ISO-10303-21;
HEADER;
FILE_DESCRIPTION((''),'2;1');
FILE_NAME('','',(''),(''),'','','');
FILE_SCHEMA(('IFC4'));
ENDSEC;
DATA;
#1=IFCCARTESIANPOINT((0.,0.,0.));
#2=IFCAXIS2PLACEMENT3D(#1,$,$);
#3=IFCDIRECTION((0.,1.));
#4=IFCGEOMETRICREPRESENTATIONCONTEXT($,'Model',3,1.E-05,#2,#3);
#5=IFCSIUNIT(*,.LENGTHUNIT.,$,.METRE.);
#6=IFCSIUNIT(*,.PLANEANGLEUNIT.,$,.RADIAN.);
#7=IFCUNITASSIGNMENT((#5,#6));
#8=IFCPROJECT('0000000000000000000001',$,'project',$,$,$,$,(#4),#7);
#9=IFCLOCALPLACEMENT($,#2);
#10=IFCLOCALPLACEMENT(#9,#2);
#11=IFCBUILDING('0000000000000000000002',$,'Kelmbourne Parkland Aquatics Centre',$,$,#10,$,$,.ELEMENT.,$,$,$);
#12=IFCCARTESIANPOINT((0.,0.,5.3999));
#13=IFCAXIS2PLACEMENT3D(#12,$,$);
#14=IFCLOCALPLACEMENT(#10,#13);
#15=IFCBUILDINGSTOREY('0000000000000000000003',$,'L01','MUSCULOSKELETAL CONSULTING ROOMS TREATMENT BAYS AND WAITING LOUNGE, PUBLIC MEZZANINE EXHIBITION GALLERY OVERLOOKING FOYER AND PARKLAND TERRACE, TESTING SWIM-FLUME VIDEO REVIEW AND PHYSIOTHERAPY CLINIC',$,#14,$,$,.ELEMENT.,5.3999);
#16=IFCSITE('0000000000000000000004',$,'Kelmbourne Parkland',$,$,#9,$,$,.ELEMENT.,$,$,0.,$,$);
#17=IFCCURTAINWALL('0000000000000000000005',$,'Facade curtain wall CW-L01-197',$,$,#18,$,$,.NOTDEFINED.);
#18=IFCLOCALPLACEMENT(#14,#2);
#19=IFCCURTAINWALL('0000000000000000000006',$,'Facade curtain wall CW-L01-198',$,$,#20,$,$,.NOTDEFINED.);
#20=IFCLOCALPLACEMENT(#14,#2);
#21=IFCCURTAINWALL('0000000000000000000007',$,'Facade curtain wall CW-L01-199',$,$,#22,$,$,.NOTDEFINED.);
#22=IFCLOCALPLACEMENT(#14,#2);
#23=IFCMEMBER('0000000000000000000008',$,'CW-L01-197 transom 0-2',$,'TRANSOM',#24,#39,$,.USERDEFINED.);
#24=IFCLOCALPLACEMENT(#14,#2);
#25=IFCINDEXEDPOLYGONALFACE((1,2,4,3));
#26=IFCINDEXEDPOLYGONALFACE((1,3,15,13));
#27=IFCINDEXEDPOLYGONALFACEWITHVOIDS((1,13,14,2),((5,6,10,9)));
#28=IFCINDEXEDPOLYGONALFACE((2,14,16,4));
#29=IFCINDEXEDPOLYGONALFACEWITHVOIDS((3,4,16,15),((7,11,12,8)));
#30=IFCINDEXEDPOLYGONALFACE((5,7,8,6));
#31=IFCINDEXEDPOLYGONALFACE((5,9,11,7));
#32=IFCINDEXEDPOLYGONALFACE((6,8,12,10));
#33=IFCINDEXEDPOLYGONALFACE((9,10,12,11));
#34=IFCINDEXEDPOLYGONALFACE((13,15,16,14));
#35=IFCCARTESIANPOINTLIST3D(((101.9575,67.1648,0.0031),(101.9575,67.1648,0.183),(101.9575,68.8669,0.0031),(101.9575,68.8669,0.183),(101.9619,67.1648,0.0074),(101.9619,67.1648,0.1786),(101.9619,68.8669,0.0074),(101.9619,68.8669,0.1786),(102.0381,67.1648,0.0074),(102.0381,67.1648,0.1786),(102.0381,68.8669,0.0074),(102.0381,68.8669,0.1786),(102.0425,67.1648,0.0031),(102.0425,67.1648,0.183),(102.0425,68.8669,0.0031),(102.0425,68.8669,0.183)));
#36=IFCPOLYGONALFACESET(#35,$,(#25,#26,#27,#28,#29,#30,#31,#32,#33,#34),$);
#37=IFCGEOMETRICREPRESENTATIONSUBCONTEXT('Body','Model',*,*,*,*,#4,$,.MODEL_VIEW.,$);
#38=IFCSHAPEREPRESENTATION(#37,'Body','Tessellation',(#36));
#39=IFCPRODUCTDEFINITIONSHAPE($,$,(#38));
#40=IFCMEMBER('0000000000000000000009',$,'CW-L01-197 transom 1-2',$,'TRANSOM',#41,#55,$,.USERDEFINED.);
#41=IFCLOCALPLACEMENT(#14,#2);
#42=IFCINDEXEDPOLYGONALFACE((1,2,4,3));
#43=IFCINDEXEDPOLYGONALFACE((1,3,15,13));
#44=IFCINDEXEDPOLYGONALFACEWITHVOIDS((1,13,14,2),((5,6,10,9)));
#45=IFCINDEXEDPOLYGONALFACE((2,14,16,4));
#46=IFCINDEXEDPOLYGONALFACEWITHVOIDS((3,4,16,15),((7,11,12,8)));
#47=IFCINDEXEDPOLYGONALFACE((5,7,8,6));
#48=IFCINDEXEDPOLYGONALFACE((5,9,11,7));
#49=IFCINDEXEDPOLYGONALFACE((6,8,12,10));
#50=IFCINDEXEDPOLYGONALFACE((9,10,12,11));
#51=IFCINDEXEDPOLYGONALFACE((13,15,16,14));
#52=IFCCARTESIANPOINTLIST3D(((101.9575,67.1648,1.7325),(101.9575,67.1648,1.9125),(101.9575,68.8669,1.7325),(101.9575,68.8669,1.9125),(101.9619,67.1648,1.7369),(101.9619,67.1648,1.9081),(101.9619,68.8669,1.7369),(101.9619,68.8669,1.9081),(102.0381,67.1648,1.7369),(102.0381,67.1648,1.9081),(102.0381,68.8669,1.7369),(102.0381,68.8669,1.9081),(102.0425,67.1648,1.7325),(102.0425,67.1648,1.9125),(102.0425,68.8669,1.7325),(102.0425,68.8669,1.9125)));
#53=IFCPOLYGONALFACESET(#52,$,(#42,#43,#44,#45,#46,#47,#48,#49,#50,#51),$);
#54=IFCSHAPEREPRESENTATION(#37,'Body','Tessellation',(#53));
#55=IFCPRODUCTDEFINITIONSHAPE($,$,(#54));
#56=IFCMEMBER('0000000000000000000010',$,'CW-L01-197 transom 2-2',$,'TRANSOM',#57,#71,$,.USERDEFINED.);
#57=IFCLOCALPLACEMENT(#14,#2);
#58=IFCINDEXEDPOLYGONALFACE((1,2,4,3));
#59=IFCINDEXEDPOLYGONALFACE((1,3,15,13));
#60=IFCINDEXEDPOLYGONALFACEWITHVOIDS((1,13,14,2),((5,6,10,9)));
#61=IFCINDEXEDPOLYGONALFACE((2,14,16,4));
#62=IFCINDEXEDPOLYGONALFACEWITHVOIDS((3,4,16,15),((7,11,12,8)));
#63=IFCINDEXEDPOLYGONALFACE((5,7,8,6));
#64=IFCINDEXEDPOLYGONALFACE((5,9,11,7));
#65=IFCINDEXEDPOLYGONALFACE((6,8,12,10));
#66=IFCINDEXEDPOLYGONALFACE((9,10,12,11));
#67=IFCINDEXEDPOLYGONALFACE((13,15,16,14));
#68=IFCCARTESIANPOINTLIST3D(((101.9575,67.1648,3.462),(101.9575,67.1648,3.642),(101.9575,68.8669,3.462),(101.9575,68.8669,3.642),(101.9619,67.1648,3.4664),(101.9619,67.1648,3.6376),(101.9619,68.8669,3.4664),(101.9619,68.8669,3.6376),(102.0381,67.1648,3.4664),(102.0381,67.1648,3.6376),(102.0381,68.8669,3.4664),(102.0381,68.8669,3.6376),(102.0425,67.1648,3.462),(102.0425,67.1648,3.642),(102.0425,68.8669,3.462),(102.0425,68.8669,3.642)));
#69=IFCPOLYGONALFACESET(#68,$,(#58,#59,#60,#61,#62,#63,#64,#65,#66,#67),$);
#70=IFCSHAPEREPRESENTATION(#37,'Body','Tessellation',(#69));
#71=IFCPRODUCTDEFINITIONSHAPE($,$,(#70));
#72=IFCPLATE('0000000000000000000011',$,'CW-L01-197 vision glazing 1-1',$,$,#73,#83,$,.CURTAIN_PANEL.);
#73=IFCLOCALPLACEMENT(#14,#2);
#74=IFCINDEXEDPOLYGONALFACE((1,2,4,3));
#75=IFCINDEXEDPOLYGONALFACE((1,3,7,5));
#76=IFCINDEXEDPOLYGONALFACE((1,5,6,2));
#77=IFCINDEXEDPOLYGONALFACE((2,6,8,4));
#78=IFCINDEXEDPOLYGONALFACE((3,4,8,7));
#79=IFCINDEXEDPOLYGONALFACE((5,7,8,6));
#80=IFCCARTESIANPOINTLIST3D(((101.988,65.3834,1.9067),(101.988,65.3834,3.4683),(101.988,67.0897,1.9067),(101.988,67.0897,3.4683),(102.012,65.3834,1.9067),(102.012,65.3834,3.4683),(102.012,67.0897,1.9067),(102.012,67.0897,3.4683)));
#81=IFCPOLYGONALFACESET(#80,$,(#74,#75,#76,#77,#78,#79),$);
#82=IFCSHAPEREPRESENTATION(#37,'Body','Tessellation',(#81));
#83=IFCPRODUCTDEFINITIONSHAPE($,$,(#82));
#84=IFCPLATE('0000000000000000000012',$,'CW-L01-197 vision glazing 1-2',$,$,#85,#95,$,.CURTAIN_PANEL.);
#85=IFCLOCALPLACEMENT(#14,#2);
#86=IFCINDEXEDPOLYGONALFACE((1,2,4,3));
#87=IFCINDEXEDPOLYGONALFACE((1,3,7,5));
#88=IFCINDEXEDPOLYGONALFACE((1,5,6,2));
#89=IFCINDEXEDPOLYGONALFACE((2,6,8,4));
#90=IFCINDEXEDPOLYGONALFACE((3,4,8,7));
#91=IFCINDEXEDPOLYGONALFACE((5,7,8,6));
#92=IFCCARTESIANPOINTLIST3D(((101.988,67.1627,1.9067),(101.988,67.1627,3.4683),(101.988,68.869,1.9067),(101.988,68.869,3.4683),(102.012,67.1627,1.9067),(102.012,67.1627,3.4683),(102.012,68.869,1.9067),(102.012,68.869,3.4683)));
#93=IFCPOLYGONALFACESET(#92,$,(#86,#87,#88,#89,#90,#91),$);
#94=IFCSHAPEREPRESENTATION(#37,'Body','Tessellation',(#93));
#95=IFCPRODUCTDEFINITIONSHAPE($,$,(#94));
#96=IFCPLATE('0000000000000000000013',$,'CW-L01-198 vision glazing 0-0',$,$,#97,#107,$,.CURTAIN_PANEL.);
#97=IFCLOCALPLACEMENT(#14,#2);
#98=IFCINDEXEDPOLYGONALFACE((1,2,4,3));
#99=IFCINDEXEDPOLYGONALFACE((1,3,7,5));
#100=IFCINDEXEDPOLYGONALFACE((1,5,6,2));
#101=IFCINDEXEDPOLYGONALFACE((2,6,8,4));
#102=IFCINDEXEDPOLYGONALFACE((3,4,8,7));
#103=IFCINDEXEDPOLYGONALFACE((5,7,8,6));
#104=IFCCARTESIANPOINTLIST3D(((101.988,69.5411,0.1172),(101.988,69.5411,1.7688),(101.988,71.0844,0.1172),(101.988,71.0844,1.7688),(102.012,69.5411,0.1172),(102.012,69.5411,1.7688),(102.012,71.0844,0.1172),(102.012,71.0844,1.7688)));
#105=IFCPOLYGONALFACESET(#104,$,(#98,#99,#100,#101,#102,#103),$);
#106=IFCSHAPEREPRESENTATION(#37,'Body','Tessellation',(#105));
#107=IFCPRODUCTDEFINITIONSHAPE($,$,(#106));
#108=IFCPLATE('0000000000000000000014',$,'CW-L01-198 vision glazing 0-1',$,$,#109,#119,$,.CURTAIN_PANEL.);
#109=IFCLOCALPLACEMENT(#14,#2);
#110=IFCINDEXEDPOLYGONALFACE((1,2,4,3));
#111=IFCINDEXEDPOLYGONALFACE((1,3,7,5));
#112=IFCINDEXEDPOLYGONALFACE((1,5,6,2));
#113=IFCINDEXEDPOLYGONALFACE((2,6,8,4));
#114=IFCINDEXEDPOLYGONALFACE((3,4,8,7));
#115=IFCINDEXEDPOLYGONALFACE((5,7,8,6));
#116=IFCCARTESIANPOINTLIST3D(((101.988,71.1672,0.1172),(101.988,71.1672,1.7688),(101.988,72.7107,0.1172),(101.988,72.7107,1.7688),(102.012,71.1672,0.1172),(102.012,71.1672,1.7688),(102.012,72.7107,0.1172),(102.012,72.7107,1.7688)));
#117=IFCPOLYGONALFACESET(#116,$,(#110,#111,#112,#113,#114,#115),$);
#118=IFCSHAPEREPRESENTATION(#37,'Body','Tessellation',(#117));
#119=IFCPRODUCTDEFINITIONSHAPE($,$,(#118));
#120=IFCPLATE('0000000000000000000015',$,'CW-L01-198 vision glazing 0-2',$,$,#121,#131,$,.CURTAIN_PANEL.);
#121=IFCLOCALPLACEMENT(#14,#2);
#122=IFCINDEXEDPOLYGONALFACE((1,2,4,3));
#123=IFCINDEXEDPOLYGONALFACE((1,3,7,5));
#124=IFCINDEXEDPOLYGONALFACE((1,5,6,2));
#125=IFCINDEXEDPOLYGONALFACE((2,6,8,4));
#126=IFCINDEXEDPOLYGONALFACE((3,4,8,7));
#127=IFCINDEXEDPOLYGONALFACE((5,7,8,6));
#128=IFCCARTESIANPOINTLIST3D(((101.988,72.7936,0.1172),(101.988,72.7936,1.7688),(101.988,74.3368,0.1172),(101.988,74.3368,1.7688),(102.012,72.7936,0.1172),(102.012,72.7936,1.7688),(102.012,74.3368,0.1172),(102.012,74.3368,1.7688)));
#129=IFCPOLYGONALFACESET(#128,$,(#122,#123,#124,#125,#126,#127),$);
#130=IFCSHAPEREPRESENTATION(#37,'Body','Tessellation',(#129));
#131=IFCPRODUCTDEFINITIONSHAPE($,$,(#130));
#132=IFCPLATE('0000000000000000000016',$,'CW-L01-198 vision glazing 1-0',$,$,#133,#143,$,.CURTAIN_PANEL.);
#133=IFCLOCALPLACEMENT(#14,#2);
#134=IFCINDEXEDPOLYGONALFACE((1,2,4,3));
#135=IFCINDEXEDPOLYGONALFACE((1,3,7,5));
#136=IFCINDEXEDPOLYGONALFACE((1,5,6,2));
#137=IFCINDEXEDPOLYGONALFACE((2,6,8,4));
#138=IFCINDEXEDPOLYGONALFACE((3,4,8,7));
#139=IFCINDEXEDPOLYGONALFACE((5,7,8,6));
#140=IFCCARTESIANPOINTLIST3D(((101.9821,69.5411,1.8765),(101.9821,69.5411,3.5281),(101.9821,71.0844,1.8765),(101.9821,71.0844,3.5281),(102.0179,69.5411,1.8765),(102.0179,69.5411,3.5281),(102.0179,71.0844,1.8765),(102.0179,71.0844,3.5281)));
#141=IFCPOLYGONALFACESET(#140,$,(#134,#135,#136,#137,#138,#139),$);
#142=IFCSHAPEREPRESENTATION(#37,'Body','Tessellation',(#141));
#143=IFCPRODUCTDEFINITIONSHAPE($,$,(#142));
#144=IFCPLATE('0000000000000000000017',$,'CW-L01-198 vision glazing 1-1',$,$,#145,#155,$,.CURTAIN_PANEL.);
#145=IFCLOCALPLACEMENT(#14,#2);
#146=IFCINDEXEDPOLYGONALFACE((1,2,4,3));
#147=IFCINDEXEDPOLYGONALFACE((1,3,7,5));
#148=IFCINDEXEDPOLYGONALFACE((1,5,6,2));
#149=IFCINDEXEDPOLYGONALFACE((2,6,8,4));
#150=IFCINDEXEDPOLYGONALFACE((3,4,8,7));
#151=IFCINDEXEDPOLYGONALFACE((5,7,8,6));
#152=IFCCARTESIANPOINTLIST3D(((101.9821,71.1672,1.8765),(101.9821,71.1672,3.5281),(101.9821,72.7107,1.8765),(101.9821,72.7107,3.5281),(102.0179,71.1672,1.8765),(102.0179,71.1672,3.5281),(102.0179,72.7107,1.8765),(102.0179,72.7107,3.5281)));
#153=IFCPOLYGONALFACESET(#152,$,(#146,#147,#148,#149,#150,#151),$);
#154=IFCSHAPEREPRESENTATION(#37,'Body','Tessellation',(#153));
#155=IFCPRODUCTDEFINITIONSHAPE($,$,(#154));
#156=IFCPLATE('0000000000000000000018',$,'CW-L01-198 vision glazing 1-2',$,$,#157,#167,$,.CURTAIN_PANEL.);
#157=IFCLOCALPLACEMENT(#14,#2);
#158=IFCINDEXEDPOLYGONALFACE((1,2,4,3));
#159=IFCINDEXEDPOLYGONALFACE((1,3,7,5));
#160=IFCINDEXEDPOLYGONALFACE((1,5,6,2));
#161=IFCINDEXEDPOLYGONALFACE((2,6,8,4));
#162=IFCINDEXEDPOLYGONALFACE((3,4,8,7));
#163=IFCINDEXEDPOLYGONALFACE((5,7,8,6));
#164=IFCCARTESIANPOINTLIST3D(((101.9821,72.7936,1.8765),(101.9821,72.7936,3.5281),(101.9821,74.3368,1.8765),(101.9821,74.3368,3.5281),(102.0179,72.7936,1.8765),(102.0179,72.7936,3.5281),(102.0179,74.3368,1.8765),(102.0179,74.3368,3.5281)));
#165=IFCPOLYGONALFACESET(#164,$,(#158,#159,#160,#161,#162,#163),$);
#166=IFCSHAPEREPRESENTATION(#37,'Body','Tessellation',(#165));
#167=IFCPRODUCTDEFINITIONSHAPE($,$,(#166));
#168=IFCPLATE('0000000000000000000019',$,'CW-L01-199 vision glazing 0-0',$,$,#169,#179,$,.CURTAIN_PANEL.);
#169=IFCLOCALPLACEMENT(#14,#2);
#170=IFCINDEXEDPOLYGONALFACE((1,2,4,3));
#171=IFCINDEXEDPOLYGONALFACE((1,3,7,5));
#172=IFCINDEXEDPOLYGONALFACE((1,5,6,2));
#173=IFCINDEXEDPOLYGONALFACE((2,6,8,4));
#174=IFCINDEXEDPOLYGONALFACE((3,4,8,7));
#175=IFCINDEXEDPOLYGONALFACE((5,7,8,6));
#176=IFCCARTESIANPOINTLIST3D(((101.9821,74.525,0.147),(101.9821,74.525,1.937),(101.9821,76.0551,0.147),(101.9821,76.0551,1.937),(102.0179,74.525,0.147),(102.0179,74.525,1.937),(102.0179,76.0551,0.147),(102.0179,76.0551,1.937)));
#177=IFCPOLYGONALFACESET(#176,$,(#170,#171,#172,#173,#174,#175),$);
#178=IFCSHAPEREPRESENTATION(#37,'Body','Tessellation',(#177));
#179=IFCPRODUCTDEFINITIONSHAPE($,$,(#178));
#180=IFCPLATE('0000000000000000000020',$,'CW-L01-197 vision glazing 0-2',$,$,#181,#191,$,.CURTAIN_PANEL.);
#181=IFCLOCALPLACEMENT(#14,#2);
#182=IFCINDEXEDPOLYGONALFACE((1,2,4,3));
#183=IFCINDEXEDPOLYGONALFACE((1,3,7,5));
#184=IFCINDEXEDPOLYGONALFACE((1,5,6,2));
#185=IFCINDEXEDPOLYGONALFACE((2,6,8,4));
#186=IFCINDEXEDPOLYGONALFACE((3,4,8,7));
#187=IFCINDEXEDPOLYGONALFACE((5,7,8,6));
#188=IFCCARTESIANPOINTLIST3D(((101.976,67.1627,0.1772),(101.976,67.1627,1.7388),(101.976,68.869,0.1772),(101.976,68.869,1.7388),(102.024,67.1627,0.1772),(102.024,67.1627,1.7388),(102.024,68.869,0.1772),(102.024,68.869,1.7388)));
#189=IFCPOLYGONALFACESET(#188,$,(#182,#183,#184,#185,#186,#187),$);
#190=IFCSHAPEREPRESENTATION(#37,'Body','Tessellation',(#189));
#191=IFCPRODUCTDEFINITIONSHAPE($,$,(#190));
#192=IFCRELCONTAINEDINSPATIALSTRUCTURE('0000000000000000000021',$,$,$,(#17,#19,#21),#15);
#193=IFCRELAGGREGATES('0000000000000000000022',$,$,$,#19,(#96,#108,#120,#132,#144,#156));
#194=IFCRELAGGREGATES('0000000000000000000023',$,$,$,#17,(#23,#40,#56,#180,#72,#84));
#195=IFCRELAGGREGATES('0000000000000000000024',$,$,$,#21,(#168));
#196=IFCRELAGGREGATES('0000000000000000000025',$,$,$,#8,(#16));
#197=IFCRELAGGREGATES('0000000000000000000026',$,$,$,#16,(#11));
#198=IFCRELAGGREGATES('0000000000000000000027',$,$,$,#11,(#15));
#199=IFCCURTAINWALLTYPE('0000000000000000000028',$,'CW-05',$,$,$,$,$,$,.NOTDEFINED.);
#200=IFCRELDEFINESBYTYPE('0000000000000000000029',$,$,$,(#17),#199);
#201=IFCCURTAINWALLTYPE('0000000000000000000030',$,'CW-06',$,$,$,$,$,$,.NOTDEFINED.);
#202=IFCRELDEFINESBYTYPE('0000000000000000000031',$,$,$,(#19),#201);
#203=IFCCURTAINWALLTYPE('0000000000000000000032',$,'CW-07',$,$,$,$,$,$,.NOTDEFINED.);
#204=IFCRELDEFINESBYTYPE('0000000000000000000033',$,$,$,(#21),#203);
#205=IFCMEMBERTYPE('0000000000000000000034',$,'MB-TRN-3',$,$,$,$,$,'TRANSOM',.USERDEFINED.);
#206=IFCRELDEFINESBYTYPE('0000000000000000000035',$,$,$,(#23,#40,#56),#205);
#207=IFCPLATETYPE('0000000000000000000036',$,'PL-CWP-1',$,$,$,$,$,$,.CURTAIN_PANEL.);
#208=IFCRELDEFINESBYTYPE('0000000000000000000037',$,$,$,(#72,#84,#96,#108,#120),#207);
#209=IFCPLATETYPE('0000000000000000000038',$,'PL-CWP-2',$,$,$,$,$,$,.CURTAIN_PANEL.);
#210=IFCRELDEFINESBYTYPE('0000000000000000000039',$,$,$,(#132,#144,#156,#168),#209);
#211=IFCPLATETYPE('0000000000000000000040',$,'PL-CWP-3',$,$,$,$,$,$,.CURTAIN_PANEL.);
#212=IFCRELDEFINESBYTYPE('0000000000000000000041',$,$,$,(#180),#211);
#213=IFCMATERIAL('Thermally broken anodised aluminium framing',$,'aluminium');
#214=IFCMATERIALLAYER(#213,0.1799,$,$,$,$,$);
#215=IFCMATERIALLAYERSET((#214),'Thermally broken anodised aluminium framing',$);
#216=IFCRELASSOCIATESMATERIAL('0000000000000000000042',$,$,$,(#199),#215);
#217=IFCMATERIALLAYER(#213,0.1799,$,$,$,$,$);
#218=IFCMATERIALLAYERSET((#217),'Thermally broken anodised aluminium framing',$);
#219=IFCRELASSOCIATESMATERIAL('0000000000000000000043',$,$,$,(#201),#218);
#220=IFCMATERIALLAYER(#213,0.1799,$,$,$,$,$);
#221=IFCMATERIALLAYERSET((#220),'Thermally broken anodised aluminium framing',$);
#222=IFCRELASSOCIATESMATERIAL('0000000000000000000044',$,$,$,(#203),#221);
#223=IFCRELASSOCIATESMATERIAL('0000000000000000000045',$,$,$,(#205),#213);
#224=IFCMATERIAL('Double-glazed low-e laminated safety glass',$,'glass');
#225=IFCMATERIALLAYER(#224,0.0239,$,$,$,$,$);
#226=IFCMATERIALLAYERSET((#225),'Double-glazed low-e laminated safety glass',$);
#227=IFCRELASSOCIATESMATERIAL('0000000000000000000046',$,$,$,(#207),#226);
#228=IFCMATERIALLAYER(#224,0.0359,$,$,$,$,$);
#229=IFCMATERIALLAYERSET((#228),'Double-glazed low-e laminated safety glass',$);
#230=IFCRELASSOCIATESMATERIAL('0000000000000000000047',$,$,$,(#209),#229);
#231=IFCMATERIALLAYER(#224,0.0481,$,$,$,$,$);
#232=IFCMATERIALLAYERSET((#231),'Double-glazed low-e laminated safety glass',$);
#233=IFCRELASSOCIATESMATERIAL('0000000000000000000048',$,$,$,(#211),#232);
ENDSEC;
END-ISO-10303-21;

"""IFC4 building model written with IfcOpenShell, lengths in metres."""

from ifc_helpers import new_model, si_unit, direction, frame, origin, origin_2d, place, context, subcontext, project, spatial, rectangle, hollow_rectangle, extrude, material, layer, layer_set, material_profile, profile_set, type_object, element, aggregate, save


model = new_model("IFC4")

# Units and contexts
model_context = context("Model", 3, precision=1e-05, world=origin(), true_north=direction((0.0, 1.0)))
body_context = subcontext(model_context, "Body", "Model", "MODEL_VIEW")
ifc_project = project(units=[si_unit("LENGTHUNIT", "METRE"), si_unit("PLANEANGLEUNIT", "RADIAN")], contexts=[model_context])

# Site, building, storey
site_placement = place(None, origin())
site = spatial("IfcSite", under=ifc_project, at=site_placement, Name="Kelmbourne Parkland", CompositionType="ELEMENT", RefElevation=0.0)
building_placement = place(site_placement, origin())
building = spatial("IfcBuilding", under=site, at=building_placement, Name="Kelmbourne Parkland Aquatics Centre", CompositionType="ELEMENT")
storey_placement = place(building_placement, frame((0.0, 0.0, 5.3999)))
storey = spatial("IfcBuildingStorey", under=building, at=storey_placement, Name="L01", Description="MUSCULOSKELETAL CONSULTING ROOMS TREATMENT BAYS AND WAITING LOUNGE, PUBLIC MEZZANINE EXHIBITION GALLERY OVERLOOKING FOYER AND PARKLAND TERRACE, TESTING SWIM-FLUME VIDEO REVIEW AND PHYSIOTHERAPY CLINIC", CompositionType="ELEMENT", Elevation=5.3999)

# Curtain walls
ifc_material_1 = material(Name="Thermally broken anodised aluminium framing", Category="aluminium")
ifc_layer_1 = layer(ifc_material_1, 0.1799)
ifc_layer_set_1 = layer_set([ifc_layer_1], Name="Thermally broken anodised aluminium framing")
curtain_wall_type_1 = type_object("IfcCurtainWallType", Name="CW-05", PredefinedType="NOTDEFINED", material=ifc_layer_set_1)
curtain_wall_1_placement = place(storey_placement, origin())
curtain_wall_1 = element("IfcCurtainWall", 1, at=curtain_wall_1_placement, inside=storey, type_object=curtain_wall_type_1, Name="Facade curtain wall CW-L01-197", PredefinedType="NOTDEFINED")
ifc_layer_2 = layer(ifc_material_1, 0.1799)
ifc_layer_set_2 = layer_set([ifc_layer_2], Name="Thermally broken anodised aluminium framing")
curtain_wall_type_2 = type_object("IfcCurtainWallType", Name="CW-06", PredefinedType="NOTDEFINED", material=ifc_layer_set_2)
curtain_wall_2_placement = place(storey_placement, origin())
curtain_wall_2 = element("IfcCurtainWall", 2, at=curtain_wall_2_placement, inside=storey, type_object=curtain_wall_type_2, Name="Facade curtain wall CW-L01-198", PredefinedType="NOTDEFINED")
ifc_layer_3 = layer(ifc_material_1, 0.1799)
ifc_layer_set_3 = layer_set([ifc_layer_3], Name="Thermally broken anodised aluminium framing")
curtain_wall_type_3 = type_object("IfcCurtainWallType", Name="CW-07", PredefinedType="NOTDEFINED", material=ifc_layer_set_3)
curtain_wall_3_placement = place(storey_placement, origin())
curtain_wall_3 = element("IfcCurtainWall", 3, at=curtain_wall_3_placement, inside=storey, type_object=curtain_wall_type_3, Name="Facade curtain wall CW-L01-199", PredefinedType="NOTDEFINED")

# Members
ifc_material_profile_1 = material_profile(ifc_material_1, hollow_rectangle(XDim=0.085, YDim=0.1799, WallThickness=0.0044, at=origin_2d()), Name="CW-T 85x180")
ifc_profile_set_1 = profile_set([ifc_material_profile_1], Name="Thermally broken anodised aluminium framing")
member_type_1 = type_object("IfcMemberType", Name="MB-TRN-3", ElementType="TRANSOM", PredefinedType="USERDEFINED", material=ifc_profile_set_1)
member_1_placement = place(storey_placement, frame((102.0, 67.1648, 0.093), z_axis=(0.0, 1.0, 0.0), x_axis=(-1.0, 0.0, 0.0)))
member_1 = element("IfcMember", 4, at=member_1_placement, type_object=member_type_1, Name="CW-L01-197 transom 0-2", ObjectType="TRANSOM", PredefinedType="USERDEFINED", context=body_context, shape_type="SweptSolid", body=[
    extrude(hollow_rectangle(XDim=0.085, YDim=0.1799, WallThickness=0.0044, at=origin_2d()), origin(), (0.0, 0.0, 1.0), 1.7021),
])
member_2_placement = place(storey_placement, frame((102.0, 67.1648, 1.8225), z_axis=(0.0, 1.0, 0.0), x_axis=(-1.0, 0.0, 0.0)))
member_2 = element("IfcMember", 5, at=member_2_placement, type_object=member_type_1, Name="CW-L01-197 transom 1-2", ObjectType="TRANSOM", PredefinedType="USERDEFINED", context=body_context, shape_type="SweptSolid", body=[
    extrude(hollow_rectangle(XDim=0.085, YDim=0.1799, WallThickness=0.0044, at=origin_2d()), origin(), (0.0, 0.0, 1.0), 1.7021),
])
member_3_placement = place(storey_placement, frame((102.0, 67.1648, 3.552), z_axis=(0.0, 1.0, 0.0), x_axis=(-1.0, 0.0, 0.0)))
member_3 = element("IfcMember", 6, at=member_3_placement, type_object=member_type_1, Name="CW-L01-197 transom 2-2", ObjectType="TRANSOM", PredefinedType="USERDEFINED", context=body_context, shape_type="SweptSolid", body=[
    extrude(hollow_rectangle(XDim=0.085, YDim=0.1799, WallThickness=0.0044, at=origin_2d()), origin(), (0.0, 0.0, 1.0), 1.7021),
])

# Plates
ifc_material_2 = material(Name="Double-glazed low-e laminated safety glass", Category="glass")
ifc_layer_4 = layer(ifc_material_2, 0.0239)
ifc_layer_set_4 = layer_set([ifc_layer_4], Name="Double-glazed low-e laminated safety glass")
plate_type_1 = type_object("IfcPlateType", Name="PL-CWP-1", PredefinedType="CURTAIN_PANEL", material=ifc_layer_set_4)
plate_1_placement = place(storey_placement, frame((102.0, 66.2366, 1.9067), z_axis=(0.0, 0.0, 1.0), x_axis=(0.0, 1.0, 0.0)))
plate_1 = element("IfcPlate", 7, at=plate_1_placement, type_object=plate_type_1, Name="CW-L01-197 vision glazing 1-1", PredefinedType="CURTAIN_PANEL", context=body_context, shape_type="SweptSolid", body=[
    extrude(rectangle(XDim=1.7063, YDim=0.0239, at=origin_2d()), origin(), (0.0, 0.0, 1.0), 1.5615),
])
plate_2_placement = place(storey_placement, frame((102.0, 68.0159, 1.9067), z_axis=(0.0, 0.0, 1.0), x_axis=(0.0, 1.0, 0.0)))
plate_2 = element("IfcPlate", 8, at=plate_2_placement, type_object=plate_type_1, Name="CW-L01-197 vision glazing 1-2", PredefinedType="CURTAIN_PANEL", context=body_context, shape_type="SweptSolid", body=[
    extrude(rectangle(XDim=1.7063, YDim=0.0239, at=origin_2d()), origin(), (0.0, 0.0, 1.0), 1.5615),
])
plate_3_placement = place(storey_placement, frame((102.0, 70.3127, 0.1172), z_axis=(0.0, 0.0, 1.0), x_axis=(0.0, 1.0, 0.0)))
plate_3 = element("IfcPlate", 9, at=plate_3_placement, type_object=plate_type_1, Name="CW-L01-198 vision glazing 0-0", PredefinedType="CURTAIN_PANEL", context=body_context, shape_type="SweptSolid", body=[
    extrude(rectangle(XDim=1.5432, YDim=0.0239, at=origin_2d()), origin(), (0.0, 0.0, 1.0), 1.6516),
])
plate_4_placement = place(storey_placement, frame((102.0, 71.939, 0.1172), z_axis=(0.0, 0.0, 1.0), x_axis=(0.0, 1.0, 0.0)))
plate_4 = element("IfcPlate", 10, at=plate_4_placement, type_object=plate_type_1, Name="CW-L01-198 vision glazing 0-1", PredefinedType="CURTAIN_PANEL", context=body_context, shape_type="SweptSolid", body=[
    extrude(rectangle(XDim=1.5435, YDim=0.0239, at=origin_2d()), origin(), (0.0, 0.0, 1.0), 1.6516),
])
plate_5_placement = place(storey_placement, frame((102.0, 73.5652, 0.1172), z_axis=(0.0, 0.0, 1.0), x_axis=(0.0, 1.0, 0.0)))
plate_5 = element("IfcPlate", 11, at=plate_5_placement, type_object=plate_type_1, Name="CW-L01-198 vision glazing 0-2", PredefinedType="CURTAIN_PANEL", context=body_context, shape_type="SweptSolid", body=[
    extrude(rectangle(XDim=1.5432, YDim=0.0239, at=origin_2d()), origin(), (0.0, 0.0, 1.0), 1.6516),
])
ifc_layer_5 = layer(ifc_material_2, 0.0359)
ifc_layer_set_5 = layer_set([ifc_layer_5], Name="Double-glazed low-e laminated safety glass")
plate_type_2 = type_object("IfcPlateType", Name="PL-CWP-2", PredefinedType="CURTAIN_PANEL", material=ifc_layer_set_5)
plate_6_placement = place(storey_placement, frame((102.0, 70.3127, 1.8765), z_axis=(0.0, 0.0, 1.0), x_axis=(0.0, 1.0, 0.0)))
plate_6 = element("IfcPlate", 12, at=plate_6_placement, type_object=plate_type_2, Name="CW-L01-198 vision glazing 1-0", PredefinedType="CURTAIN_PANEL", context=body_context, shape_type="SweptSolid", body=[
    extrude(rectangle(XDim=1.5432, YDim=0.0359, at=origin_2d()), origin(), (0.0, 0.0, 1.0), 1.6516),
])
plate_7_placement = place(storey_placement, frame((102.0, 71.939, 1.8765), z_axis=(0.0, 0.0, 1.0), x_axis=(0.0, 1.0, 0.0)))
plate_7 = element("IfcPlate", 13, at=plate_7_placement, type_object=plate_type_2, Name="CW-L01-198 vision glazing 1-1", PredefinedType="CURTAIN_PANEL", context=body_context, shape_type="SweptSolid", body=[
    extrude(rectangle(XDim=1.5435, YDim=0.0359, at=origin_2d()), origin(), (0.0, 0.0, 1.0), 1.6516),
])
plate_8_placement = place(storey_placement, frame((102.0, 73.5652, 1.8765), z_axis=(0.0, 0.0, 1.0), x_axis=(0.0, 1.0, 0.0)))
plate_8 = element("IfcPlate", 14, at=plate_8_placement, type_object=plate_type_2, Name="CW-L01-198 vision glazing 1-2", PredefinedType="CURTAIN_PANEL", context=body_context, shape_type="SweptSolid", body=[
    extrude(rectangle(XDim=1.5432, YDim=0.0359, at=origin_2d()), origin(), (0.0, 0.0, 1.0), 1.6516),
])
aggregate(curtain_wall_2, [plate_3, plate_4, plate_5, plate_6, plate_7, plate_8])
plate_9_placement = place(storey_placement, frame((102.0, 75.29, 0.147), z_axis=(0.0, 0.0, 1.0), x_axis=(0.0, 1.0, 0.0)))
plate_9 = element("IfcPlate", 15, at=plate_9_placement, type_object=plate_type_2, Name="CW-L01-199 vision glazing 0-0", PredefinedType="CURTAIN_PANEL", context=body_context, shape_type="SweptSolid", body=[
    extrude(rectangle(XDim=1.53, YDim=0.0359, at=origin_2d()), origin(), (0.0, 0.0, 1.0), 1.79),
])
ifc_layer_6 = layer(ifc_material_2, 0.0481)
ifc_layer_set_6 = layer_set([ifc_layer_6], Name="Double-glazed low-e laminated safety glass")
plate_type_3 = type_object("IfcPlateType", Name="PL-CWP-3", PredefinedType="CURTAIN_PANEL", material=ifc_layer_set_6)
plate_10_placement = place(storey_placement, frame((102.0, 68.0159, 0.1772), z_axis=(0.0, 0.0, 1.0), x_axis=(0.0, 1.0, 0.0)))
plate_10 = element("IfcPlate", 16, at=plate_10_placement, type_object=plate_type_3, Name="CW-L01-197 vision glazing 0-2", PredefinedType="CURTAIN_PANEL", context=body_context, shape_type="SweptSolid", body=[
    extrude(rectangle(XDim=1.7063, YDim=0.0481, at=origin_2d()), origin(), (0.0, 0.0, 1.0), 1.5615),
])
aggregate(curtain_wall_1, [member_1, member_2, member_3, plate_10, plate_1, plate_2])
aggregate(curtain_wall_3, [plate_9])

save(model, "model.ifc")
